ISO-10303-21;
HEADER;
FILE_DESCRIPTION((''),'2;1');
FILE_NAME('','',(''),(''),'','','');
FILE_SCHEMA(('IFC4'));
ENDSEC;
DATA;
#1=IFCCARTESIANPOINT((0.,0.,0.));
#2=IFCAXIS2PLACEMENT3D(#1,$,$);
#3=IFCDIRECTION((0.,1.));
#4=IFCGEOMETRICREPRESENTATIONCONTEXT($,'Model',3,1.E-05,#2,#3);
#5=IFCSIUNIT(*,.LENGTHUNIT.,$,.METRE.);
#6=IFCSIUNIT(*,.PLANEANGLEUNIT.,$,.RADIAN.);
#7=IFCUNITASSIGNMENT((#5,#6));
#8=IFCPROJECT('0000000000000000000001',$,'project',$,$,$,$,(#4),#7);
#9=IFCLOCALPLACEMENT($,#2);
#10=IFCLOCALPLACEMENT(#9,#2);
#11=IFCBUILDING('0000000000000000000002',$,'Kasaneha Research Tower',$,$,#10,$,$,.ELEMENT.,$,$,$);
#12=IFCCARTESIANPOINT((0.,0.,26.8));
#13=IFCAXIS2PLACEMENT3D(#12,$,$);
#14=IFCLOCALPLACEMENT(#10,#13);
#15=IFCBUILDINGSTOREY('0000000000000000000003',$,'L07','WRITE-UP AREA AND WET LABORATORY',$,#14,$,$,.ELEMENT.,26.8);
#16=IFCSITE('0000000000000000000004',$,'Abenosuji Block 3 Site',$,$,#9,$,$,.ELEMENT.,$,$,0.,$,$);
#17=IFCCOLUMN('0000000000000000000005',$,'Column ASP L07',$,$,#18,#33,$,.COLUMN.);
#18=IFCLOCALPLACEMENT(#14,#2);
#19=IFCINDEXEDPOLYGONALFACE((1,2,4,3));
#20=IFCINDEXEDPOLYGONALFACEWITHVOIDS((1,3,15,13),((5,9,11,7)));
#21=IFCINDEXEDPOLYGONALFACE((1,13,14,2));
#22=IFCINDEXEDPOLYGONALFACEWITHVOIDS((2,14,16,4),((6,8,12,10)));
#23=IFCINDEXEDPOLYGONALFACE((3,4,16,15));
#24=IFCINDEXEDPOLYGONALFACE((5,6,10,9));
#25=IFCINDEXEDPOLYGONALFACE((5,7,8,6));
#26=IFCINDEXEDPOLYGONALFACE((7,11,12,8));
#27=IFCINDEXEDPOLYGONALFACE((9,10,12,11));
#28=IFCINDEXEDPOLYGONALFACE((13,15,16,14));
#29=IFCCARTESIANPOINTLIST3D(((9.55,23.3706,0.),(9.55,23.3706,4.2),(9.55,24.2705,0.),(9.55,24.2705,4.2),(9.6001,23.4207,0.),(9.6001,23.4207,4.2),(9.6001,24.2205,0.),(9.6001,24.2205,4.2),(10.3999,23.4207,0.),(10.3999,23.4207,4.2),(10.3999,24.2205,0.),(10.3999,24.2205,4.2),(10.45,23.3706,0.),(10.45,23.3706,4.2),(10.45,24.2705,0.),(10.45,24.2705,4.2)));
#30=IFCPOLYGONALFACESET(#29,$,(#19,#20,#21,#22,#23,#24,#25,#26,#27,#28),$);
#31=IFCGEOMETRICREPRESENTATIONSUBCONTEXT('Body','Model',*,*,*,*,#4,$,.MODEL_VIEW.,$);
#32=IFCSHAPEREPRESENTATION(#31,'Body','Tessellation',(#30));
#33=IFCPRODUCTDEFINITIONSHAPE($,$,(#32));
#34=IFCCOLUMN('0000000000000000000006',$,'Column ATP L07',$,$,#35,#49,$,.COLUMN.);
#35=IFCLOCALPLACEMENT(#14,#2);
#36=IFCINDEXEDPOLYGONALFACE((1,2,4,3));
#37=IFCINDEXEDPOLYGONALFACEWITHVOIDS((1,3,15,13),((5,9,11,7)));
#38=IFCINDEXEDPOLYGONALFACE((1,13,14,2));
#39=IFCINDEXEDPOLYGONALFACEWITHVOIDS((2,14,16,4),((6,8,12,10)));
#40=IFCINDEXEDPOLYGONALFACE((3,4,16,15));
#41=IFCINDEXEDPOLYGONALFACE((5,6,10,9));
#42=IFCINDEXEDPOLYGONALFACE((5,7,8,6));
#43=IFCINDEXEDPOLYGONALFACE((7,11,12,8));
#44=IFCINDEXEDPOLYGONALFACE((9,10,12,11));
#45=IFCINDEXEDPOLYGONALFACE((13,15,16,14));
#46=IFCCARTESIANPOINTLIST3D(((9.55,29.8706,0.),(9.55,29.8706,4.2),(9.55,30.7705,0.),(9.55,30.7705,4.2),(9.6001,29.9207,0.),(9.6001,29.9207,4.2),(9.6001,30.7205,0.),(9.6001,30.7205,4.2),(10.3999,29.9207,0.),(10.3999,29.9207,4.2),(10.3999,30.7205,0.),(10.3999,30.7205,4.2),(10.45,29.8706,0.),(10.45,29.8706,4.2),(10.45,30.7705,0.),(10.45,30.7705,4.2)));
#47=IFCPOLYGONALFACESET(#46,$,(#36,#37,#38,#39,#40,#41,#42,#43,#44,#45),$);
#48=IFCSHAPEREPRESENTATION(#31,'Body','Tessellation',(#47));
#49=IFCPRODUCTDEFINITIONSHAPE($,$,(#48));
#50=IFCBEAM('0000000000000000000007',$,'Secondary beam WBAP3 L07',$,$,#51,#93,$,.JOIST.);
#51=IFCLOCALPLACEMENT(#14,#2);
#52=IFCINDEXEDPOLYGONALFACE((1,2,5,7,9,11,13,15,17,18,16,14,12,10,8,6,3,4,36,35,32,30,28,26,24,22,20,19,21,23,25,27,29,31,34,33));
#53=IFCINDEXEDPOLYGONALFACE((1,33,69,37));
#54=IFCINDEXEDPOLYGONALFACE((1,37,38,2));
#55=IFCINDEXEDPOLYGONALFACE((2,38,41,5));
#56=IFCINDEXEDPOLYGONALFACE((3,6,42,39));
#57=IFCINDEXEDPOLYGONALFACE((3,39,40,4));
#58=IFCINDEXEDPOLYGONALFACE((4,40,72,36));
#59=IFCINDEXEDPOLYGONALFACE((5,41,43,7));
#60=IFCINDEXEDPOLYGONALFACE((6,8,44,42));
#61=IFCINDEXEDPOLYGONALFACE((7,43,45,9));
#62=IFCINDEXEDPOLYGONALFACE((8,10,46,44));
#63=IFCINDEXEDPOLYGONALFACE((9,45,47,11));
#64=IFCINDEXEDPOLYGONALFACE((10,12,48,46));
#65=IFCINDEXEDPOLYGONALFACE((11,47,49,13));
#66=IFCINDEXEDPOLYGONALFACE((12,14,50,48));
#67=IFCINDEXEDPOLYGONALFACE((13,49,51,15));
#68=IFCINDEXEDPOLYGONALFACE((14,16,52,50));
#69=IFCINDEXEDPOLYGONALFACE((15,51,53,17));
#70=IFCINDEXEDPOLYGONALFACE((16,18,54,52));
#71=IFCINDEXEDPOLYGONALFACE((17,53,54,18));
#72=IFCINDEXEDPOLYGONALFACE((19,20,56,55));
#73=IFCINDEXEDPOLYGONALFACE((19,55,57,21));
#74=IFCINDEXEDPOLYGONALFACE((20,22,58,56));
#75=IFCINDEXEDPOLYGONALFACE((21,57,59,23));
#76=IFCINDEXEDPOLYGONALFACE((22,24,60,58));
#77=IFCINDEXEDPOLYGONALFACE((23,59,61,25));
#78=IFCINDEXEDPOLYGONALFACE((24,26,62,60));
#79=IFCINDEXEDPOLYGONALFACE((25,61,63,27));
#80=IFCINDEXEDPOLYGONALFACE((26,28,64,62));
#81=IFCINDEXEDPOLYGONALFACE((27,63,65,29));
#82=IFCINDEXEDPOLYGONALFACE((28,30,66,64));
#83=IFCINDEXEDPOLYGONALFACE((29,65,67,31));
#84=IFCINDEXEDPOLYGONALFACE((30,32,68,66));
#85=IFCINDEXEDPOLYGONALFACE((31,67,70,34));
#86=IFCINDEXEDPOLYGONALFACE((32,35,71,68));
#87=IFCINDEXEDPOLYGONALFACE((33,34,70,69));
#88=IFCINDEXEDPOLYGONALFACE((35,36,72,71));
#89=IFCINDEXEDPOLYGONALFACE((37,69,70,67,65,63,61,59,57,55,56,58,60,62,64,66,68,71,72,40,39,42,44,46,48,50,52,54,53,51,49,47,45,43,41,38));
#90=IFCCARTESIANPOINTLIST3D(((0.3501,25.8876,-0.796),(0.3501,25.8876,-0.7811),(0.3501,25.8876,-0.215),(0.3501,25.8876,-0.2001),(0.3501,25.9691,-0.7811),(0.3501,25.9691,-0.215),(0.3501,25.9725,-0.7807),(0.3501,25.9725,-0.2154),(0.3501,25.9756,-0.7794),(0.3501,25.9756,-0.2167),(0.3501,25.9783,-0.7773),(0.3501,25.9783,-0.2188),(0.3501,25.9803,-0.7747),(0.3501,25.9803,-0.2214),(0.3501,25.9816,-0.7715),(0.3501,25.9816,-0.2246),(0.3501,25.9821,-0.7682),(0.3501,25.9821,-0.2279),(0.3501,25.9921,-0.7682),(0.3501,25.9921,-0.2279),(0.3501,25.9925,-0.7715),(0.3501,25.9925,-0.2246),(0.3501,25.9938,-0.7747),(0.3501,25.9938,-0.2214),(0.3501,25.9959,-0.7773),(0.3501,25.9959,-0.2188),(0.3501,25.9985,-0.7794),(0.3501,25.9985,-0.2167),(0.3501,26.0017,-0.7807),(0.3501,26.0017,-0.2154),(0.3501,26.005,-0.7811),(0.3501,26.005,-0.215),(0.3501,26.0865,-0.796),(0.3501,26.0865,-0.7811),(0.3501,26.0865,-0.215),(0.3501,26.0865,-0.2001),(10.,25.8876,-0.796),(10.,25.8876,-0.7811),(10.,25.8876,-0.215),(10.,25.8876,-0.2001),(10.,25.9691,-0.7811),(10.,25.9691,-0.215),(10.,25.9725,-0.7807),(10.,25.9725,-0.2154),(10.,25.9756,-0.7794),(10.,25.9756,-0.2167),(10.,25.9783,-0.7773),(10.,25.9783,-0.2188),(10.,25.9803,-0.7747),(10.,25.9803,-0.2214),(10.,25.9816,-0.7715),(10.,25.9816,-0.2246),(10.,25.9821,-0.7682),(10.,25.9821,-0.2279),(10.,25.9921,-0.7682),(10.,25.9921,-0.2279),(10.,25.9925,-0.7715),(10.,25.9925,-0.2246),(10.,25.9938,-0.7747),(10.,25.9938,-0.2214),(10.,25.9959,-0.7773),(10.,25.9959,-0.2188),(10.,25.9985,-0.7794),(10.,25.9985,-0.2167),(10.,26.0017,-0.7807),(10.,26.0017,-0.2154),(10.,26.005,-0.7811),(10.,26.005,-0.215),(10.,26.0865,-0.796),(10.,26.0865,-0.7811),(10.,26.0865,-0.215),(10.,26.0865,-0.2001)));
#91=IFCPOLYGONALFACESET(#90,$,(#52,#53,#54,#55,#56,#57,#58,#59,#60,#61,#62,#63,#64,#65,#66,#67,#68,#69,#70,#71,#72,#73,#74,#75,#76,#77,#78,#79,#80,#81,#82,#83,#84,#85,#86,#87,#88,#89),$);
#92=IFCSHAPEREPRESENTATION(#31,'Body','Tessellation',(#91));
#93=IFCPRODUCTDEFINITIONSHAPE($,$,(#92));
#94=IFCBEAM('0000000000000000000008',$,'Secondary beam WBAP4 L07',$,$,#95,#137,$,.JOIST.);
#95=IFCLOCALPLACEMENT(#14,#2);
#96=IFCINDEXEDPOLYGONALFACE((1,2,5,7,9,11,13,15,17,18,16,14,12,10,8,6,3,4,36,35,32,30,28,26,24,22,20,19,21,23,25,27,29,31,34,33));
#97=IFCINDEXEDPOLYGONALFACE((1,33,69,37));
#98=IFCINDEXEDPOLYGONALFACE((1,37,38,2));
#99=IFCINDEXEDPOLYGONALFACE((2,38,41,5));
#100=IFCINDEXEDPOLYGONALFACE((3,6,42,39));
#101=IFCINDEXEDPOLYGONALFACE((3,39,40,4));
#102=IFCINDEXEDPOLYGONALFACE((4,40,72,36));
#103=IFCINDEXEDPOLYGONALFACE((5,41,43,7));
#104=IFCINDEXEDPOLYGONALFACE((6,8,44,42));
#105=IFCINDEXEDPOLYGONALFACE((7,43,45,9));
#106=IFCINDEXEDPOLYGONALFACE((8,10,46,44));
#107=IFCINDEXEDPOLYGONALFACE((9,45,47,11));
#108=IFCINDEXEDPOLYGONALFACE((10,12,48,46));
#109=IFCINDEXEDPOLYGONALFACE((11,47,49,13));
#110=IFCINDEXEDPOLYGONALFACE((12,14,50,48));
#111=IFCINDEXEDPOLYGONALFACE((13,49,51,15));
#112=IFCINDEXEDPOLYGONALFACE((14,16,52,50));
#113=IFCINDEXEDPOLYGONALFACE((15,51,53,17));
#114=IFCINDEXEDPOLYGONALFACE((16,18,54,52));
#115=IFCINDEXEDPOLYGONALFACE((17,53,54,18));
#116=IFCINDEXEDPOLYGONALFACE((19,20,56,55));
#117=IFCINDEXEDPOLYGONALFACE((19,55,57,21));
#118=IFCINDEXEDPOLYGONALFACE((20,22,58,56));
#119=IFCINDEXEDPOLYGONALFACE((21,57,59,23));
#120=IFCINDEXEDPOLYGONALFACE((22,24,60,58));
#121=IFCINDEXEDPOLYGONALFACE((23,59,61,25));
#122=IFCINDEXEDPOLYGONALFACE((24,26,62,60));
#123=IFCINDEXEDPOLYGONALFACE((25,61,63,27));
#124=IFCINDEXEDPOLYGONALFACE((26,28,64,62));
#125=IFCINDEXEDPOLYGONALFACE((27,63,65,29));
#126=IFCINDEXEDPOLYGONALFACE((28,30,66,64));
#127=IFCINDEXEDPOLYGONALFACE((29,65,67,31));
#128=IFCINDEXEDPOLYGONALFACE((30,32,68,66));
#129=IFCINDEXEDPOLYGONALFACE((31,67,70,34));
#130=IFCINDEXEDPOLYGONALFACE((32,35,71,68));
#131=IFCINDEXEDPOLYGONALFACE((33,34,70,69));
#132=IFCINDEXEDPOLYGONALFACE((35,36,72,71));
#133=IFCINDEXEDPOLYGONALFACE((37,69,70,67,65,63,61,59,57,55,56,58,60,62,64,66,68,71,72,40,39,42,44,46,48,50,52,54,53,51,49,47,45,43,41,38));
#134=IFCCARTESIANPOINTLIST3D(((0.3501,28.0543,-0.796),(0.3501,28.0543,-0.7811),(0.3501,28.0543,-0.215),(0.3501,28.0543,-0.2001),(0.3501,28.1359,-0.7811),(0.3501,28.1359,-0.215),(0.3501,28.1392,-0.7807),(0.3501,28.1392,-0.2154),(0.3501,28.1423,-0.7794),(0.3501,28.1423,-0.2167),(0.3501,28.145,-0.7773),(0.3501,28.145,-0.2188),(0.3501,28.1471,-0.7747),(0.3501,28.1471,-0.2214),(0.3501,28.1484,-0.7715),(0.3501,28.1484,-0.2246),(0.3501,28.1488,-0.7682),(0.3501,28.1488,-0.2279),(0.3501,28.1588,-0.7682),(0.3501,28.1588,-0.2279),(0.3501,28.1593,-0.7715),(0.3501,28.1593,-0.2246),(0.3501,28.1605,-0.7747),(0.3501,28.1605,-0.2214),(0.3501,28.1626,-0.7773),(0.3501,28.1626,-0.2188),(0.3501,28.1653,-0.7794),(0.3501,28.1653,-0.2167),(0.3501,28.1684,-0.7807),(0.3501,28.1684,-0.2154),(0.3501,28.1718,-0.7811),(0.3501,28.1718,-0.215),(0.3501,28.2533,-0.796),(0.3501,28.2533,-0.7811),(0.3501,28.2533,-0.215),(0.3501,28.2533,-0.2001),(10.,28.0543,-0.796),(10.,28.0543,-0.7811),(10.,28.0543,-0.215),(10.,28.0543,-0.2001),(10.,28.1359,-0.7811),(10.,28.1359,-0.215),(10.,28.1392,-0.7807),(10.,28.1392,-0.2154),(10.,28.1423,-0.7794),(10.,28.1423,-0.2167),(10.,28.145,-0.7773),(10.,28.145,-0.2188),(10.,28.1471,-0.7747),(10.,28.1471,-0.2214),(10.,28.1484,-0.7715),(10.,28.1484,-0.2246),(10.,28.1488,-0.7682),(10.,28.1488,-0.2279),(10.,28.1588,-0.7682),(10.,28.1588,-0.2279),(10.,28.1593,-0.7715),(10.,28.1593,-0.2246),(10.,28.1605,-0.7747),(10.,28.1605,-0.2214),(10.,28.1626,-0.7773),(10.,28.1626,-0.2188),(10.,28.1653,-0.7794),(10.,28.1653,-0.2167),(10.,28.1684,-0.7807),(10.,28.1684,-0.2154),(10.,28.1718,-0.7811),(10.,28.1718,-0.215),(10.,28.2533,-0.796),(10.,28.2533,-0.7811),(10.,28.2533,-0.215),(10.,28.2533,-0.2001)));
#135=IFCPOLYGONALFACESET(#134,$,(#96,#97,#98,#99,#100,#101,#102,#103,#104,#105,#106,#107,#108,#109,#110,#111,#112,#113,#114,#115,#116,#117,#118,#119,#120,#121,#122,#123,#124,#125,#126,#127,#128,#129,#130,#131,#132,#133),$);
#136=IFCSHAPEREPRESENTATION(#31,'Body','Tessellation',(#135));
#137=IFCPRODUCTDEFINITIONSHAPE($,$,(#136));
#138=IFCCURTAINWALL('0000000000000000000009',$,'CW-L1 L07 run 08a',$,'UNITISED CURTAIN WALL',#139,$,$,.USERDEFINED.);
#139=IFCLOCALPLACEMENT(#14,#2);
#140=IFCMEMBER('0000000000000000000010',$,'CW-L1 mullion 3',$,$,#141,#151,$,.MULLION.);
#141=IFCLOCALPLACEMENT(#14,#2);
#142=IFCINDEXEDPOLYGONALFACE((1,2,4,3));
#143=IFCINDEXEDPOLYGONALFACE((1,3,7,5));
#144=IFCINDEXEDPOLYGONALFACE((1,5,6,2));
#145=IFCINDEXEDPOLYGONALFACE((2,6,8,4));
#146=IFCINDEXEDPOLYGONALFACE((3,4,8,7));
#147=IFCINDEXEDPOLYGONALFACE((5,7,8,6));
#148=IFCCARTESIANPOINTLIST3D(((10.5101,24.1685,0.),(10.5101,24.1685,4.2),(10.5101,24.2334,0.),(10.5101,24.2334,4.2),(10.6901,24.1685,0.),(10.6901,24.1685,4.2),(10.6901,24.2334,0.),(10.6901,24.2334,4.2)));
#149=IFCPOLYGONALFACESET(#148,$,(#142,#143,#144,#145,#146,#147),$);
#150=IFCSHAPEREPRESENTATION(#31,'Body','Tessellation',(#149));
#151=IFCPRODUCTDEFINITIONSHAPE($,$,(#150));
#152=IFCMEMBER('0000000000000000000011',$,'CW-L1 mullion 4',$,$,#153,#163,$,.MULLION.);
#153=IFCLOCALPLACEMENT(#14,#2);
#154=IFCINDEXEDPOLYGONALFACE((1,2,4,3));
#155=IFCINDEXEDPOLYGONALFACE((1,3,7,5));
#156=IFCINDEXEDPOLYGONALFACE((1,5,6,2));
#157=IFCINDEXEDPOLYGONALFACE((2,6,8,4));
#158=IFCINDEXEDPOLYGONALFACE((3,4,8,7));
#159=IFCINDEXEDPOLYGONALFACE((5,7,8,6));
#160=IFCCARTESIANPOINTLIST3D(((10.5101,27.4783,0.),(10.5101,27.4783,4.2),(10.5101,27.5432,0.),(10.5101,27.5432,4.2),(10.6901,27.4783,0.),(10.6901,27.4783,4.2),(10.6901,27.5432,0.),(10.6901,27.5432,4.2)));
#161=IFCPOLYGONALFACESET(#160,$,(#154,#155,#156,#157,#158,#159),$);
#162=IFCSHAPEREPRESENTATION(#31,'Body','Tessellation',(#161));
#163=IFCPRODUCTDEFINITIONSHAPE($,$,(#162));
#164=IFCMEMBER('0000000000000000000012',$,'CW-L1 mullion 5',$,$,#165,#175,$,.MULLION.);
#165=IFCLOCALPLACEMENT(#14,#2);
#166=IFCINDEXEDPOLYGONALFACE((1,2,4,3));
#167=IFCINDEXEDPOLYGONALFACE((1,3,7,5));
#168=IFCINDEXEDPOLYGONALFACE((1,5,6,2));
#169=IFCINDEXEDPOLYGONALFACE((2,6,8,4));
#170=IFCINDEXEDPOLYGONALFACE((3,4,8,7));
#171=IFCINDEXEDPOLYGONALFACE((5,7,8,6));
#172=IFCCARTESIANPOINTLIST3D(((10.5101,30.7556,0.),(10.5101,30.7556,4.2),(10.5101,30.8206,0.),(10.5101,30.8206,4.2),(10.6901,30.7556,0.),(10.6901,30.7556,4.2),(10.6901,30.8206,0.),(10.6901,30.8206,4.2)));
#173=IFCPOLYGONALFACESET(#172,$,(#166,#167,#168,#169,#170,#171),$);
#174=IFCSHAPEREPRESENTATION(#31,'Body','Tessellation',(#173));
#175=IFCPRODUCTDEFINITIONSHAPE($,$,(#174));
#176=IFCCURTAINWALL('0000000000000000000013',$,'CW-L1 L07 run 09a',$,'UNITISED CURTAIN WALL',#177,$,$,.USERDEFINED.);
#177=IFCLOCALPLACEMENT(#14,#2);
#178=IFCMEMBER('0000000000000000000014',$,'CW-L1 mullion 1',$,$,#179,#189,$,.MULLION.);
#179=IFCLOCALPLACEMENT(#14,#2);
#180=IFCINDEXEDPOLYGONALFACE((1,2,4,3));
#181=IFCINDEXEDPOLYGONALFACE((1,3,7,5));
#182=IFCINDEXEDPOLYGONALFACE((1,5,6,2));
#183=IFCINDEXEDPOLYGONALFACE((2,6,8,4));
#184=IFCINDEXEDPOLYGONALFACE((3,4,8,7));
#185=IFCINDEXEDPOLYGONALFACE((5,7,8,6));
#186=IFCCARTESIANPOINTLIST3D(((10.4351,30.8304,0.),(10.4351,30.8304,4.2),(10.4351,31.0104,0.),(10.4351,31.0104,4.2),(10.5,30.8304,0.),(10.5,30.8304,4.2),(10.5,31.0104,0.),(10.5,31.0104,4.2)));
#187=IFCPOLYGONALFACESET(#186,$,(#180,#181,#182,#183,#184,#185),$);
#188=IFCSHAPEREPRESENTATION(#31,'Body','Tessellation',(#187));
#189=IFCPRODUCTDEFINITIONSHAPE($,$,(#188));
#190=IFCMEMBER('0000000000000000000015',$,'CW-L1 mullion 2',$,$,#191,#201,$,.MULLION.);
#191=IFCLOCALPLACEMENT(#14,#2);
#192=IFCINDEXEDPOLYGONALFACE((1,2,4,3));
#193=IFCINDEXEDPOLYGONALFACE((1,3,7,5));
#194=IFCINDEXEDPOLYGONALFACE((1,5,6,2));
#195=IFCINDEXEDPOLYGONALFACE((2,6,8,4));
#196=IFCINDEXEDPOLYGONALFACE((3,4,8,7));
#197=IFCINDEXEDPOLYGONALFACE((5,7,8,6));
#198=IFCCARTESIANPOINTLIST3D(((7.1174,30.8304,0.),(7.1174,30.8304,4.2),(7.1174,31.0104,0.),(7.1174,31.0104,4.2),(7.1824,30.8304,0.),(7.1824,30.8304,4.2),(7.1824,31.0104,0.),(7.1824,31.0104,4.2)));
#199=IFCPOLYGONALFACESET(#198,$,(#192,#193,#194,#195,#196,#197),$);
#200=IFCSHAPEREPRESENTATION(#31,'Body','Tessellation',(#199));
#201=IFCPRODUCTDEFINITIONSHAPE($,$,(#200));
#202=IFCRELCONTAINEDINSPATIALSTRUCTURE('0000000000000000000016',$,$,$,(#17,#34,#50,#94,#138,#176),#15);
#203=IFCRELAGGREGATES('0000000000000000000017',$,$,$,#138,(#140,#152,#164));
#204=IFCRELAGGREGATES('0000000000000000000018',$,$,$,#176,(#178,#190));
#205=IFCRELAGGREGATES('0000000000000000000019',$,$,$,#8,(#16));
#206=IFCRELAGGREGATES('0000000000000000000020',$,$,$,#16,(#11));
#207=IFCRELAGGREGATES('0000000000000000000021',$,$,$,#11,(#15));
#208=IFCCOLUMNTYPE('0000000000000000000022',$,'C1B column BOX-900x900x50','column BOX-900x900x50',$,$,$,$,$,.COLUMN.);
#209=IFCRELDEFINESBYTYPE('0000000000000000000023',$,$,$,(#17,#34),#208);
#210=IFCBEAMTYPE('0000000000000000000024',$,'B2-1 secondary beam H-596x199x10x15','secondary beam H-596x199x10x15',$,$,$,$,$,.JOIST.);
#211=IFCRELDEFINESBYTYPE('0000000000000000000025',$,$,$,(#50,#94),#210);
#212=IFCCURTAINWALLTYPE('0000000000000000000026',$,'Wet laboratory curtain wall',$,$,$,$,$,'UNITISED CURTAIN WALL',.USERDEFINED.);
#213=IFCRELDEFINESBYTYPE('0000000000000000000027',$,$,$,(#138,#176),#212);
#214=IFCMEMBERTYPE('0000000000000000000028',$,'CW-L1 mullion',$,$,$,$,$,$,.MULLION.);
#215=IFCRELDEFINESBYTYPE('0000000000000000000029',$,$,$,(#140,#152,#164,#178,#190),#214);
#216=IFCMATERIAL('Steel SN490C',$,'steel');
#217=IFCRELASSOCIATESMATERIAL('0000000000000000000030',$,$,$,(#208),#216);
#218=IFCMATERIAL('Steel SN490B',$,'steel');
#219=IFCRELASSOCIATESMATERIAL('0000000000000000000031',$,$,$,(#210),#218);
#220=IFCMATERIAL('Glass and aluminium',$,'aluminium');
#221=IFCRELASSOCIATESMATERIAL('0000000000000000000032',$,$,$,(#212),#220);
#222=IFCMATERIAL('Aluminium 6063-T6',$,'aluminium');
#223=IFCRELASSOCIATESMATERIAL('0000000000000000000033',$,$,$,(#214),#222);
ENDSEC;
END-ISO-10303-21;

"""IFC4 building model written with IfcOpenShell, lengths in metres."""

from ifc_helpers import new_model, si_unit, direction, frame, origin, origin_2d, place, context, subcontext, project, spatial, rectangle, hollow_rectangle, i_section, extrude, material, material_profile, profile_set, type_object, element, aggregate, save


model = new_model("IFC4")

# Units and contexts
model_context = context("Model", 3, precision=1e-05, world=origin(), true_north=direction((0.0, 1.0)))
body_context = subcontext(model_context, "Body", "Model", "MODEL_VIEW")
ifc_project = project(units=[si_unit("LENGTHUNIT", "METRE"), si_unit("PLANEANGLEUNIT", "RADIAN")], contexts=[model_context])

# Site, building, storey
site_placement = place(None, origin())
site = spatial("IfcSite", under=ifc_project, at=site_placement, Name="Abenosuji Block 3 Site", CompositionType="ELEMENT", RefElevation=0.0)
building_placement = place(site_placement, origin())
building = spatial("IfcBuilding", under=site, at=building_placement, Name="Kasaneha Research Tower", CompositionType="ELEMENT")
storey_placement = place(building_placement, frame((0.0, 0.0, 26.8)))
storey = spatial("IfcBuildingStorey", under=building, at=storey_placement, Name="L07", Description="WRITE-UP AREA AND WET LABORATORY", CompositionType="ELEMENT", Elevation=26.8)

# Columns
ifc_material_1 = material(Name="Steel SN490C", Category="steel")
ifc_material_profile_1 = material_profile(ifc_material_1, hollow_rectangle(XDim=0.8999, YDim=0.8999, WallThickness=0.05, at=origin_2d()), Name="BOX-900x900x50")
ifc_profile_set_1 = profile_set([ifc_material_profile_1], Name="Steel SN490C")
column_type = type_object("IfcColumnType", Name="C1B column BOX-900x900x50", Description="column BOX-900x900x50", PredefinedType="COLUMN", material=ifc_profile_set_1)
for number, where, z_axis, x_axis, name in (
    (1, (10.0, 23.8206, 0.0), (0.0, 0.0, 1.0), (1.0, 0.0, 0.0), "Column ASP L07"),
    (2, (10.0, 30.3206, 0.0), (0.0, 0.0, 1.0), (1.0, 0.0, 0.0), "Column ATP L07"),
):
    element("IfcColumn", number, at=place(storey_placement, frame(where, z_axis=z_axis, x_axis=x_axis)), inside=storey, type_object=column_type, Name=name, PredefinedType="COLUMN", context=body_context, shape_type="SweptSolid", body=[
        extrude(hollow_rectangle(XDim=0.8999, YDim=0.8999, WallThickness=0.05, at=origin_2d()), origin(), (0.0, 0.0, 1.0), 4.2),
    ])

# Beams
ifc_material_2 = material(Name="Steel SN490B", Category="steel")
ifc_material_profile_2 = material_profile(ifc_material_2, i_section(OverallWidth=0.199, OverallDepth=0.5959, WebThickness=0.01, FlangeThickness=0.0149, FilletRadius=0.0129, at=origin_2d()), Name="H-596x199x10x15")
ifc_profile_set_2 = profile_set([ifc_material_profile_2], Name="Steel SN490B")
beam_type_1 = type_object("IfcBeamType", Name="B2-1 secondary beam H-596x199x10x15", Description="secondary beam H-596x199x10x15", PredefinedType="JOIST", material=ifc_profile_set_2)
for number, where, z_axis, x_axis, name in (
    (3, (10.0, 25.9871, -0.498), (-1.0, 0.0, 0.0), (0.0, -1.0, 0.0), "Secondary beam WBAP3 L07"),
    (4, (10.0, 28.1538, -0.498), (-1.0, 0.0, 0.0), (0.0, -1.0, 0.0), "Secondary beam WBAP4 L07"),
):
    element("IfcBeam", number, at=place(storey_placement, frame(where, z_axis=z_axis, x_axis=x_axis)), inside=storey, type_object=beam_type_1, Name=name, PredefinedType="JOIST", context=body_context, shape_type="SweptSolid", body=[
        extrude(i_section(OverallWidth=0.199, OverallDepth=0.5959, WebThickness=0.01, FlangeThickness=0.0149, FilletRadius=0.0129, at=origin_2d()), origin(), (0.0, 0.0, 1.0), 9.6499),
    ])

# Curtain walls, members
ifc_material_3 = material(Name="Glass and aluminium", Category="aluminium")
curtain_wall_type = type_object("IfcCurtainWallType", Name="Wet laboratory curtain wall", ElementType="UNITISED CURTAIN WALL", PredefinedType="USERDEFINED", material=ifc_material_3)
curtain_wall_1_placement = place(storey_placement, origin())
curtain_wall_1 = element("IfcCurtainWall", 5, at=curtain_wall_1_placement, inside=storey, type_object=curtain_wall_type, Name="CW-L1 L07 run 08a", ObjectType="UNITISED CURTAIN WALL", PredefinedType="USERDEFINED")
ifc_material_4 = material(Name="Aluminium 6063-T6", Category="aluminium")
ifc_material_profile_3 = material_profile(ifc_material_4, rectangle(XDim=0.0649, YDim=0.1799, at=origin_2d()), Name="CW-L1 mullion 65x180")
ifc_profile_set_3 = profile_set([ifc_material_profile_3], Name="Aluminium 6063-T6")
member_type_1 = type_object("IfcMemberType", Name="CW-L1 mullion", PredefinedType="MULLION", material=ifc_profile_set_3)
member_1_placement = place(storey_placement, frame((10.6001, 24.2009, 0.0), z_axis=(0.0, 0.0, 1.0), x_axis=(0.0, 1.0, 0.0)))
member_1 = element("IfcMember", 6, at=member_1_placement, type_object=member_type_1, Name="CW-L1 mullion 3", PredefinedType="MULLION", context=body_context, shape_type="SweptSolid", body=[
    extrude(rectangle(XDim=0.0649, YDim=0.1799, at=origin_2d()), origin(), (0.0, 0.0, 1.0), 4.2),
])
member_2_placement = place(storey_placement, frame((10.6001, 27.5107, 0.0), z_axis=(0.0, 0.0, 1.0), x_axis=(0.0, 1.0, 0.0)))
member_2 = element("IfcMember", 7, at=member_2_placement, type_object=member_type_1, Name="CW-L1 mullion 4", PredefinedType="MULLION", context=body_context, shape_type="SweptSolid", body=[
    extrude(rectangle(XDim=0.0649, YDim=0.1799, at=origin_2d()), origin(), (0.0, 0.0, 1.0), 4.2),
])
member_3_placement = place(storey_placement, frame((10.6001, 30.7881, 0.0), z_axis=(0.0, 0.0, 1.0), x_axis=(0.0, 1.0, 0.0)))
member_3 = element("IfcMember", 8, at=member_3_placement, type_object=member_type_1, Name="CW-L1 mullion 5", PredefinedType="MULLION", context=body_context, shape_type="SweptSolid", body=[
    extrude(rectangle(XDim=0.0649, YDim=0.1799, at=origin_2d()), origin(), (0.0, 0.0, 1.0), 4.2),
])
curtain_wall_2_placement = place(storey_placement, origin())
curtain_wall_2 = element("IfcCurtainWall", 9, at=curtain_wall_2_placement, inside=storey, type_object=curtain_wall_type, Name="CW-L1 L07 run 09a", ObjectType="UNITISED CURTAIN WALL", PredefinedType="USERDEFINED")
member_4_placement = place(storey_placement, frame((10.4675, 30.9204, 0.0), z_axis=(0.0, 0.0, 1.0), x_axis=(-1.0, 0.0, 0.0)))
member_4 = element("IfcMember", 10, at=member_4_placement, type_object=member_type_1, Name="CW-L1 mullion 1", PredefinedType="MULLION", context=body_context, shape_type="SweptSolid", body=[
    extrude(rectangle(XDim=0.0649, YDim=0.1799, at=origin_2d()), origin(), (0.0, 0.0, 1.0), 4.2),
])
member_5_placement = place(storey_placement, frame((7.1499, 30.9204, 0.0), z_axis=(0.0, 0.0, 1.0), x_axis=(-1.0, 0.0, 0.0)))
member_5 = element("IfcMember", 11, at=member_5_placement, type_object=member_type_1, Name="CW-L1 mullion 2", PredefinedType="MULLION", context=body_context, shape_type="SweptSolid", body=[
    extrude(rectangle(XDim=0.0649, YDim=0.1799, at=origin_2d()), origin(), (0.0, 0.0, 1.0), 4.2),
])

aggregate(curtain_wall_1, [member_1, member_2, member_3])
aggregate(curtain_wall_2, [member_4, member_5])

save(model, "model.ifc")
